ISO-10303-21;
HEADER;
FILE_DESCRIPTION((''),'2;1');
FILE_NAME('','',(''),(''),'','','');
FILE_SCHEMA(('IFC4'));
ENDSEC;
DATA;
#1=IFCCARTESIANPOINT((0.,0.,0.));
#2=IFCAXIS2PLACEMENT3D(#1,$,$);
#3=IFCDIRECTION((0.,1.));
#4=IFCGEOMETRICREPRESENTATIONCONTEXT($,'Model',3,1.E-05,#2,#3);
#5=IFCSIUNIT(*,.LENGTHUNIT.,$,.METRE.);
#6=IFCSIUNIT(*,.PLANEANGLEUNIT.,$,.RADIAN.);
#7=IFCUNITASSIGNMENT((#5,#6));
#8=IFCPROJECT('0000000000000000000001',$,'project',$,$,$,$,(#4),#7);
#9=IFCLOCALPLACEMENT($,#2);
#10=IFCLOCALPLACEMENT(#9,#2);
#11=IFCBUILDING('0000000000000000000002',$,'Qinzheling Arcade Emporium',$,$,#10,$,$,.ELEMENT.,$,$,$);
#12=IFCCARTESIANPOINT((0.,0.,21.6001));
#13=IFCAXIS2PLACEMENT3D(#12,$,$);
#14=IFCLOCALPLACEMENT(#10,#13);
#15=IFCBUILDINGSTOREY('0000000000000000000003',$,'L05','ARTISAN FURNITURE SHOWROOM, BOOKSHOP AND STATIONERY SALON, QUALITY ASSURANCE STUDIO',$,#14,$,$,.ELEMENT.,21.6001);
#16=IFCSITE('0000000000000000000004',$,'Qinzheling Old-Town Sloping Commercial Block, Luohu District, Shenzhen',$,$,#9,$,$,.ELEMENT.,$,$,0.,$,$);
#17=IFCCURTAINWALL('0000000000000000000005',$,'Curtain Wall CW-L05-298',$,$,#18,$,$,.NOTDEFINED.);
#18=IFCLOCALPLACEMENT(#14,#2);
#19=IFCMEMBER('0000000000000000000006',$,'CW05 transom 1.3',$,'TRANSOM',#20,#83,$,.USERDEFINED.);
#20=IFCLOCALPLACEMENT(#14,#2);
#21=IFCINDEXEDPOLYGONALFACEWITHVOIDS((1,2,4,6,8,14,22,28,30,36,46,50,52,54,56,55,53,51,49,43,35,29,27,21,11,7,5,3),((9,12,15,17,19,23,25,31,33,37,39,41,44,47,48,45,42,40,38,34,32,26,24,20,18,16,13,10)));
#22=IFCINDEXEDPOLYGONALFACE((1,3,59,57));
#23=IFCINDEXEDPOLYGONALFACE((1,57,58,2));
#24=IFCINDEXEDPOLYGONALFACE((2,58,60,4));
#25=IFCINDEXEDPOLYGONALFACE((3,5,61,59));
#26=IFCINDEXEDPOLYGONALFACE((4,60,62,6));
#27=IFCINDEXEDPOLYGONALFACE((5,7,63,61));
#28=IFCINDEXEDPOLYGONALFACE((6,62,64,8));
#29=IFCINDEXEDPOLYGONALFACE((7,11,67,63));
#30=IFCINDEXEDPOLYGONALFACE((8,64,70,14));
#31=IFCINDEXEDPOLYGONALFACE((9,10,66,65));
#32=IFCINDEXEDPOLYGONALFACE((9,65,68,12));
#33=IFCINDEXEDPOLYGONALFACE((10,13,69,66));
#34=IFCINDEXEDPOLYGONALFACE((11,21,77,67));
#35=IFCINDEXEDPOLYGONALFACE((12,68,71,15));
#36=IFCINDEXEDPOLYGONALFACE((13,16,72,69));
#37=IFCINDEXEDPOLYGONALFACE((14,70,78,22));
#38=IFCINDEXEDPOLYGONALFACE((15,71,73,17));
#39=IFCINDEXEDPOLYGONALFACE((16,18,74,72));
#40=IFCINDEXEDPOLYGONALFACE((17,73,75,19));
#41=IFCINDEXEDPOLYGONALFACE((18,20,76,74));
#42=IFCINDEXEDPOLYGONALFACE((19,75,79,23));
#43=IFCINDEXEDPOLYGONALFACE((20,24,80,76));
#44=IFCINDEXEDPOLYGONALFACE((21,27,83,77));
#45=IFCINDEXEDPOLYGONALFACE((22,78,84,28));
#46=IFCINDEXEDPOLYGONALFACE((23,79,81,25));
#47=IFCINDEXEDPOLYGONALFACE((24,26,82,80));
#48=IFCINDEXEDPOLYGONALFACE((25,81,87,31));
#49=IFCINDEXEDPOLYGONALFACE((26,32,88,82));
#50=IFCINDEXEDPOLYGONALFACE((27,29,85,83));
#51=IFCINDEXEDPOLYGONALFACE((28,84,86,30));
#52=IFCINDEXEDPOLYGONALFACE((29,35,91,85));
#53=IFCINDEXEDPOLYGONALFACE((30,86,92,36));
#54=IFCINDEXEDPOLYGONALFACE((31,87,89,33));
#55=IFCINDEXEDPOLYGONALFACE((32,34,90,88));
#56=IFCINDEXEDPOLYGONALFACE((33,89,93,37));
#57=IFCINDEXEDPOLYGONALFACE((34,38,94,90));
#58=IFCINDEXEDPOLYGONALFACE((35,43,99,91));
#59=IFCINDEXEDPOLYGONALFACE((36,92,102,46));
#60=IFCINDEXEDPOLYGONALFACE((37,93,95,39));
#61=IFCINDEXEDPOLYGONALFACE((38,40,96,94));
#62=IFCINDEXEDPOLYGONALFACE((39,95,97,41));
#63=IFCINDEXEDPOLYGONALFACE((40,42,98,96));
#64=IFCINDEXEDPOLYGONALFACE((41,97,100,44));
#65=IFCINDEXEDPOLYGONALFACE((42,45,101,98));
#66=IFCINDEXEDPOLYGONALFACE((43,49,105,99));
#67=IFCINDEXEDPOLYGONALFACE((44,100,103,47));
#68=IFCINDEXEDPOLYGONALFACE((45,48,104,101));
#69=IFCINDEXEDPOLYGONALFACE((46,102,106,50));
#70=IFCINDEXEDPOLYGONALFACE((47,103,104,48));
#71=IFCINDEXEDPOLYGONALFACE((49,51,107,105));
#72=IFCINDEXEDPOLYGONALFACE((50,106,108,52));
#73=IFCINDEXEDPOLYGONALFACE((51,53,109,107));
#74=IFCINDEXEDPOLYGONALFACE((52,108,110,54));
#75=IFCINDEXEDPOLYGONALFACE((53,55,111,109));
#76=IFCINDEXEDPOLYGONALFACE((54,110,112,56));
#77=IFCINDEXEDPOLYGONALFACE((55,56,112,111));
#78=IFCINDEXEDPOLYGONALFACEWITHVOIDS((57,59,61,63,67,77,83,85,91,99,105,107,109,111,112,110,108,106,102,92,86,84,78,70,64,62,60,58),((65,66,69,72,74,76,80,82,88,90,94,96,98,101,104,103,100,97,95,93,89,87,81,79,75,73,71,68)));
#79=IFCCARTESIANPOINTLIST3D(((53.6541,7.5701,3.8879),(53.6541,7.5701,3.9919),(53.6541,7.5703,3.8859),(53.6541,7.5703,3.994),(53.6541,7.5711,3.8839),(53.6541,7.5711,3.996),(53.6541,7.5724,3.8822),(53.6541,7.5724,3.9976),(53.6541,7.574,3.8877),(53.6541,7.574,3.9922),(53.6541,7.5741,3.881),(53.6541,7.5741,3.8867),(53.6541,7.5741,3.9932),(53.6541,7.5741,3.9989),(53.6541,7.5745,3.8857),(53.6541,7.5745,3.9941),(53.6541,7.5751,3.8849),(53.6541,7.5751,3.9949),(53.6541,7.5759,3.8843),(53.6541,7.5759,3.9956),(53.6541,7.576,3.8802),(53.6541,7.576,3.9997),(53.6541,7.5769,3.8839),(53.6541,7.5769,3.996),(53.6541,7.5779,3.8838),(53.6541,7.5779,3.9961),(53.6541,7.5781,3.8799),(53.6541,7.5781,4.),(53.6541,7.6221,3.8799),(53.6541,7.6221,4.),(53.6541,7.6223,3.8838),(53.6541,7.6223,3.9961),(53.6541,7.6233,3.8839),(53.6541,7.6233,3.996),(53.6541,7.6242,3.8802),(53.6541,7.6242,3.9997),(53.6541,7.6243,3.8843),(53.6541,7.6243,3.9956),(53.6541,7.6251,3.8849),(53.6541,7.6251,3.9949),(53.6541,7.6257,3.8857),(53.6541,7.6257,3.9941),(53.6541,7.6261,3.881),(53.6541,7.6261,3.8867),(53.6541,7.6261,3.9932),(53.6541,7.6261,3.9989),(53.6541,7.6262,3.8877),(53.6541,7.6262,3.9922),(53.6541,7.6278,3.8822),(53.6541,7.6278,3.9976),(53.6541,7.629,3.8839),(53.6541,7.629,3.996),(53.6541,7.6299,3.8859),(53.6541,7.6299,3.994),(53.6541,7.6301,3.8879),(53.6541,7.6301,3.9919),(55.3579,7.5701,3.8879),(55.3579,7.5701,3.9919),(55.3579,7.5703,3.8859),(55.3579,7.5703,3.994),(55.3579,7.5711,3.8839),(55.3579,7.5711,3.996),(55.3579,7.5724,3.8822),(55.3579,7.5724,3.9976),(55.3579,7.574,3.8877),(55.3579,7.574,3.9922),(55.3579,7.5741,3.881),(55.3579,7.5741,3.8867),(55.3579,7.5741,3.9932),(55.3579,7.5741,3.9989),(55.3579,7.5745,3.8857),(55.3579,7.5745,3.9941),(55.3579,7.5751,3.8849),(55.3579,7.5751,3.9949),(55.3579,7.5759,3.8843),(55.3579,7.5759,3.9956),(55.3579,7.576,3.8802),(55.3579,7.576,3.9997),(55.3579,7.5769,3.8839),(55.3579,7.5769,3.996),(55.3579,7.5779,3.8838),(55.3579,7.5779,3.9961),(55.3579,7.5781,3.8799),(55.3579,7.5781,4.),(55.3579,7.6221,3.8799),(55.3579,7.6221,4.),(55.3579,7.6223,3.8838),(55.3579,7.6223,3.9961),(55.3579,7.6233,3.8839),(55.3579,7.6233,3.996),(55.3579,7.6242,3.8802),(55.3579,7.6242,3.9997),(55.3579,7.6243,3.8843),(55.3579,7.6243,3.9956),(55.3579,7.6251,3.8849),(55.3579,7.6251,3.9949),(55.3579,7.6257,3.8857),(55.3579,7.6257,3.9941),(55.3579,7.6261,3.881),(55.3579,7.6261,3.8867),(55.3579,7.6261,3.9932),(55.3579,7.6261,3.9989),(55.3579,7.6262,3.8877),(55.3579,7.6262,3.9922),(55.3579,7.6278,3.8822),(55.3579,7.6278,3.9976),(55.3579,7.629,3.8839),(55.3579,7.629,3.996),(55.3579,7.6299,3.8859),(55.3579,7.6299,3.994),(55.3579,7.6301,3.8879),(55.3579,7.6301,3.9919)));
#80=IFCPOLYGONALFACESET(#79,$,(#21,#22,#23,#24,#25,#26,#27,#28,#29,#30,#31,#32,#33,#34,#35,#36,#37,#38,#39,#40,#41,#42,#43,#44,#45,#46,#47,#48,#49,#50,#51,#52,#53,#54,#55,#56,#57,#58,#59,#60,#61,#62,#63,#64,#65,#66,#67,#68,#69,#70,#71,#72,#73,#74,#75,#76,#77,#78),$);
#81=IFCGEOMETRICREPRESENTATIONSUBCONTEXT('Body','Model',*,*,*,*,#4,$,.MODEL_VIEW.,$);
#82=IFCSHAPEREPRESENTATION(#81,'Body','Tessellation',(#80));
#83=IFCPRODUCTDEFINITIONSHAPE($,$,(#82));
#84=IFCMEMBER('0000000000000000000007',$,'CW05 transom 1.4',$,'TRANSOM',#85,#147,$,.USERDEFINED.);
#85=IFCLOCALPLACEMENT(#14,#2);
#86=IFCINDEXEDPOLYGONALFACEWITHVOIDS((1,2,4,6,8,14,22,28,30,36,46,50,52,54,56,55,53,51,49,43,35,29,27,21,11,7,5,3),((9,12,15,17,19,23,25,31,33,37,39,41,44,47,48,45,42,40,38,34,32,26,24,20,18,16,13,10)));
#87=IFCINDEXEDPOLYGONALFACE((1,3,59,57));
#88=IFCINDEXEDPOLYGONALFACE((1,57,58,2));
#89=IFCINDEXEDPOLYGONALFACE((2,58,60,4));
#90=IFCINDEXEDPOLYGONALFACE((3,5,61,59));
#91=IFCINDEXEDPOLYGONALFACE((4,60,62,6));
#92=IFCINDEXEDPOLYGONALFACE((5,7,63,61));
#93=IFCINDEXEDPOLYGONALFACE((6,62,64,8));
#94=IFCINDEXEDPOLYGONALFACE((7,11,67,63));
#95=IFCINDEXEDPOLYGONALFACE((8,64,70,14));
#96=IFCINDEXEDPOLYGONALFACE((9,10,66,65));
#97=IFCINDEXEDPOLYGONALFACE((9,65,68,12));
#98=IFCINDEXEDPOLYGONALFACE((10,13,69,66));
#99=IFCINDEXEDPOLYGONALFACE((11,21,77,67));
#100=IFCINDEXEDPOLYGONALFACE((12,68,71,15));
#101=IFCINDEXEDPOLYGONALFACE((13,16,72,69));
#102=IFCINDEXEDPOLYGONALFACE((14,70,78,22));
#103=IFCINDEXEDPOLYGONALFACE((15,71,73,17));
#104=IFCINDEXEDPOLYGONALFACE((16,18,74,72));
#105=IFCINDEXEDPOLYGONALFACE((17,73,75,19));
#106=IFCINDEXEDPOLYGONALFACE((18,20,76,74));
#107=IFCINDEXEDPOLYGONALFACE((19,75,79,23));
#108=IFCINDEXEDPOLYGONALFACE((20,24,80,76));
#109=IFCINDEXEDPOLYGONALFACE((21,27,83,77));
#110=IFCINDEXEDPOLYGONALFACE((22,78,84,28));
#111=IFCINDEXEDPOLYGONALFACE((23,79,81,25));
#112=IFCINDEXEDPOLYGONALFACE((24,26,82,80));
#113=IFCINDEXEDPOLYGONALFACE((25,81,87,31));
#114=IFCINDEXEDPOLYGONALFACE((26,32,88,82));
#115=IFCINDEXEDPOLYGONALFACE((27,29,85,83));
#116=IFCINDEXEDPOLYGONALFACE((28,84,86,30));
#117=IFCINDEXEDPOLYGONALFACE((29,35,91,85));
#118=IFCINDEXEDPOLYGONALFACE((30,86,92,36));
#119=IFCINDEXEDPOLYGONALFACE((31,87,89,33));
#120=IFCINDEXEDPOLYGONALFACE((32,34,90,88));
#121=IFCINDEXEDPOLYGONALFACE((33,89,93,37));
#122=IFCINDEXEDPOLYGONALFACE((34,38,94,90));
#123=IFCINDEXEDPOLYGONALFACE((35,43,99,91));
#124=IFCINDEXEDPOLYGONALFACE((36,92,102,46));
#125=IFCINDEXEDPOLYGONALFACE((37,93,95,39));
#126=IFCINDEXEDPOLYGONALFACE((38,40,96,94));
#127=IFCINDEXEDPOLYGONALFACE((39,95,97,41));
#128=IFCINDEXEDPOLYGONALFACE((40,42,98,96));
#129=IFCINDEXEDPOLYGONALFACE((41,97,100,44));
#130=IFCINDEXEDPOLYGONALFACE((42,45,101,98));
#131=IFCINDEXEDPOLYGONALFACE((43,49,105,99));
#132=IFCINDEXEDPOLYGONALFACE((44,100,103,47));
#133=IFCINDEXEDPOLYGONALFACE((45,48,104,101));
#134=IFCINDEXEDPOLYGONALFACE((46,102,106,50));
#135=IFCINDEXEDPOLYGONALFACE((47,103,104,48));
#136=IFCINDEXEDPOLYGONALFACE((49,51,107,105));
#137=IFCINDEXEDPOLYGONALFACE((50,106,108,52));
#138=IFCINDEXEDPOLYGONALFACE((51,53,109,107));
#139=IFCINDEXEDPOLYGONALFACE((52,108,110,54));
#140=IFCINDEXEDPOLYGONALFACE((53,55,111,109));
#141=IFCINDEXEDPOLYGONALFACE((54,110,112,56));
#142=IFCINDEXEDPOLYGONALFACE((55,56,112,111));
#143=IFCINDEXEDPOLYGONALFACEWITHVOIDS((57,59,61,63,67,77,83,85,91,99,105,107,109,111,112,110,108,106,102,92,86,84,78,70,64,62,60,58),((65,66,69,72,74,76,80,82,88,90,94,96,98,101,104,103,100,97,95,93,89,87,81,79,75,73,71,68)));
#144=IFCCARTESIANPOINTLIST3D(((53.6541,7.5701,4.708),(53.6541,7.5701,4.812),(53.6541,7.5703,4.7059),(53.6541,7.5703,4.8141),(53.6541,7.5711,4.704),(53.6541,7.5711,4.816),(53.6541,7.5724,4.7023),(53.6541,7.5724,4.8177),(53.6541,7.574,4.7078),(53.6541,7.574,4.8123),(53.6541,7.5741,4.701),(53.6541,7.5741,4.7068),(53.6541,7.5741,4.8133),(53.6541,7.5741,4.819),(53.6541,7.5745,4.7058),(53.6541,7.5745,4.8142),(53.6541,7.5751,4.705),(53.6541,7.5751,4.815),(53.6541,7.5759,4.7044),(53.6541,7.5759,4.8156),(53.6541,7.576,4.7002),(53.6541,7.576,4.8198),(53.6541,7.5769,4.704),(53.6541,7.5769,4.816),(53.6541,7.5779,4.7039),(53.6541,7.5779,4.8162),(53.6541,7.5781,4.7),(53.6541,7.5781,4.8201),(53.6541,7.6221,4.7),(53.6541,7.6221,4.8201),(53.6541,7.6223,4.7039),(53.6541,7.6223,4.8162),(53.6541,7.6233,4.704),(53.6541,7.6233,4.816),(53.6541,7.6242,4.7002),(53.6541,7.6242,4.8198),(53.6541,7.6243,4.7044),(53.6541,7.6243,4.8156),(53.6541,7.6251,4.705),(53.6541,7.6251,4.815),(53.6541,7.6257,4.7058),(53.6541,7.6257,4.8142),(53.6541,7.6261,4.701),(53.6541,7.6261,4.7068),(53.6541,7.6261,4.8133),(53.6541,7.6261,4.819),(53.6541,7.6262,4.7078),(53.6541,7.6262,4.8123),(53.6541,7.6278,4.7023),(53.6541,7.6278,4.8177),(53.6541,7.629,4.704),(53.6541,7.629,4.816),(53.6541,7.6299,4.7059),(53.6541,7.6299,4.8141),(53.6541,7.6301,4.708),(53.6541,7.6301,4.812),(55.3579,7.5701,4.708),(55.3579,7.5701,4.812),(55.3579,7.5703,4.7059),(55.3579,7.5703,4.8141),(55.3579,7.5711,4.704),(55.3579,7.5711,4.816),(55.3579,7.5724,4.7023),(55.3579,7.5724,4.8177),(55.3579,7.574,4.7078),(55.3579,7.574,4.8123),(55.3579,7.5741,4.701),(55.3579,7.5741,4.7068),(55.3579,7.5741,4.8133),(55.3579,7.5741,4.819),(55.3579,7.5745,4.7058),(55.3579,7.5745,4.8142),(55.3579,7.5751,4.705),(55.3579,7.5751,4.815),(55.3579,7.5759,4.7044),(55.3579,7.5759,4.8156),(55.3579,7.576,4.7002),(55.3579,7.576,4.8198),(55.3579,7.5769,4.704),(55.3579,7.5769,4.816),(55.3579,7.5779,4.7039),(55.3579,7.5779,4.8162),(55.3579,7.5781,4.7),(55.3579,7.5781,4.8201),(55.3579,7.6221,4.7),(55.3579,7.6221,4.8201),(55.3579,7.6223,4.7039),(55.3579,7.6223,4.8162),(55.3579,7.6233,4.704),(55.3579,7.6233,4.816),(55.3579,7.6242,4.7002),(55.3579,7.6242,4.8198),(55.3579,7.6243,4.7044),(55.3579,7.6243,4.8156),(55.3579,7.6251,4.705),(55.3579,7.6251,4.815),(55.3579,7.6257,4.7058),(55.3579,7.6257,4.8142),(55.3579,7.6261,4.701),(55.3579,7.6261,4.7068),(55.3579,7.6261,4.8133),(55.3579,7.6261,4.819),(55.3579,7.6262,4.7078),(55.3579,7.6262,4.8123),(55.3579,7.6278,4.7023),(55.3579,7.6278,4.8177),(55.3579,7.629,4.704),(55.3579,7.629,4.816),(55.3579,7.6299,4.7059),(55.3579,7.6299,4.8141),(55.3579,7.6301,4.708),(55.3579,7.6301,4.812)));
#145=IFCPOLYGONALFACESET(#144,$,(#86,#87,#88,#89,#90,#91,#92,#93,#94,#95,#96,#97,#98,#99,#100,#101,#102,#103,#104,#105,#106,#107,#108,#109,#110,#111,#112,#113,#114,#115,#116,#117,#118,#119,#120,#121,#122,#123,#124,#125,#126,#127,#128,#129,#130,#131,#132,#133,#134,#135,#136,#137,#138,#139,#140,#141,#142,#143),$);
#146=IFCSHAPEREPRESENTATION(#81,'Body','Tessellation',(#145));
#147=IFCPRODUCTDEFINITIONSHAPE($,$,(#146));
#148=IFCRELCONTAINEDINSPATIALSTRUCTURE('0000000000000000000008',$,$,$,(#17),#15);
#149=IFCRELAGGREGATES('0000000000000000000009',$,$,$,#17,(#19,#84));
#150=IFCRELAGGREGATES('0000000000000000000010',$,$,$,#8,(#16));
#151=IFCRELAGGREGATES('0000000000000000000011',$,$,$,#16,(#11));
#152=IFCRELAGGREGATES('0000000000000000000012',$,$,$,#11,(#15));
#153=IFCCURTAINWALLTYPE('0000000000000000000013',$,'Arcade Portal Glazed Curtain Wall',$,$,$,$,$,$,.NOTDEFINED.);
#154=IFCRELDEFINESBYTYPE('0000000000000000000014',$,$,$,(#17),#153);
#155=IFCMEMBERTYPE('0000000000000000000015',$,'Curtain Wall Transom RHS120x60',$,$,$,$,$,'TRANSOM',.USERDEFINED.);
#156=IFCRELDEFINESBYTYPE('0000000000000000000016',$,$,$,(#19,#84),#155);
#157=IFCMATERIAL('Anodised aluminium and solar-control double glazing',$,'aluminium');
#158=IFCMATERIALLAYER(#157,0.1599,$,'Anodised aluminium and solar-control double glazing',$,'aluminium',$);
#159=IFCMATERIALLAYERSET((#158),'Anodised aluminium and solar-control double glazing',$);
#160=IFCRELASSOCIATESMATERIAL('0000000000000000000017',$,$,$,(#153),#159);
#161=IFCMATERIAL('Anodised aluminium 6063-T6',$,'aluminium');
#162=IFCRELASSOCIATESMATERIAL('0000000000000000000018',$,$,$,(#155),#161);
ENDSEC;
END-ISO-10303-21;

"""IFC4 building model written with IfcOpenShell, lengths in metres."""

from ifc_helpers import new_model, si_unit, direction, frame, origin, origin_2d, place, context, subcontext, project, spatial, hollow_rectangle, extrude, material, layer, layer_set, material_profile, profile_set, type_object, element, aggregate, save


model = new_model("IFC4")

# Units and contexts
model_context = context("Model", 3, precision=1e-05, world=origin(), true_north=direction((0.0, 1.0)))
body_context = subcontext(model_context, "Body", "Model", "MODEL_VIEW")
ifc_project = project(units=[si_unit("LENGTHUNIT", "METRE"), si_unit("PLANEANGLEUNIT", "RADIAN")], contexts=[model_context])

# Site, building, storey
site_placement = place(None, origin())
site = spatial("IfcSite", under=ifc_project, at=site_placement, Name="Qinzheling Old-Town Sloping Commercial Block, Luohu District, Shenzhen", CompositionType="ELEMENT", RefElevation=0.0)
building_placement = place(site_placement, origin())
building = spatial("IfcBuilding", under=site, at=building_placement, Name="Qinzheling Arcade Emporium", CompositionType="ELEMENT")
storey_placement = place(building_placement, frame((0.0, 0.0, 21.6001)))
storey = spatial("IfcBuildingStorey", under=building, at=storey_placement, Name="L05", Description="ARTISAN FURNITURE SHOWROOM, BOOKSHOP AND STATIONERY SALON, QUALITY ASSURANCE STUDIO", CompositionType="ELEMENT", Elevation=21.6001)

# Curtain wall, members
ifc_material_1 = material(Name="Anodised aluminium and solar-control double glazing", Category="aluminium")
ifc_layer_1 = layer(ifc_material_1, 0.1599, Name="Anodised aluminium and solar-control double glazing", Category="aluminium")
ifc_layer_set_1 = layer_set([ifc_layer_1], Name="Anodised aluminium and solar-control double glazing")
curtain_wall_type = type_object("IfcCurtainWallType", Name="Arcade Portal Glazed Curtain Wall", PredefinedType="NOTDEFINED", material=ifc_layer_set_1)
curtain_wall_placement = place(storey_placement, origin())
curtain_wall = element("IfcCurtainWall", 1, at=curtain_wall_placement, inside=storey, type_object=curtain_wall_type, Name="Curtain Wall CW-L05-298", PredefinedType="NOTDEFINED")
ifc_material_2 = material(Name="Anodised aluminium 6063-T6", Category="aluminium")
ifc_material_profile_1 = material_profile(ifc_material_2, hollow_rectangle(XDim=0.0601, YDim=0.1201, WallThickness=0.0039, InnerFilletRadius=0.0039, OuterFilletRadius=0.0081, at=origin_2d()), Name="RHS 120x60x4", Category="aluminium")
ifc_profile_set_1 = profile_set([ifc_material_profile_1], Name="Anodised aluminium 6063-T6")
member_type_1 = type_object("IfcMemberType", Name="Curtain Wall Transom RHS120x60", ElementType="TRANSOM", PredefinedType="USERDEFINED", material=ifc_profile_set_1)
member_1_placement = place(storey_placement, frame((55.3579, 7.6001, 3.9399), z_axis=(-1.0, 0.0, 0.0), x_axis=(0.0, -1.0, 0.0)))
member_1 = element("IfcMember", 2, at=member_1_placement, type_object=member_type_1, Name="CW05 transom 1.3", ObjectType="TRANSOM", PredefinedType="USERDEFINED", context=body_context, shape_type="SweptSolid", body=[
    extrude(hollow_rectangle(XDim=0.0601, YDim=0.1201, WallThickness=0.0039, InnerFilletRadius=0.0039, OuterFilletRadius=0.0081, at=origin_2d()), origin(), (0.0, 0.0, 1.0), 1.7039),
])
member_2_placement = place(storey_placement, frame((55.3579, 7.6001, 4.76), z_axis=(-1.0, 0.0, 0.0), x_axis=(0.0, -1.0, 0.0)))
member_2 = element("IfcMember", 3, at=member_2_placement, type_object=member_type_1, Name="CW05 transom 1.4", ObjectType="TRANSOM", PredefinedType="USERDEFINED", context=body_context, shape_type="SweptSolid", body=[
    extrude(hollow_rectangle(XDim=0.0601, YDim=0.1201, WallThickness=0.0039, InnerFilletRadius=0.0039, OuterFilletRadius=0.0081, at=origin_2d()), origin(), (0.0, 0.0, 1.0), 1.7039),
])

aggregate(curtain_wall, [member_1, member_2])

save(model, "model.ifc")
